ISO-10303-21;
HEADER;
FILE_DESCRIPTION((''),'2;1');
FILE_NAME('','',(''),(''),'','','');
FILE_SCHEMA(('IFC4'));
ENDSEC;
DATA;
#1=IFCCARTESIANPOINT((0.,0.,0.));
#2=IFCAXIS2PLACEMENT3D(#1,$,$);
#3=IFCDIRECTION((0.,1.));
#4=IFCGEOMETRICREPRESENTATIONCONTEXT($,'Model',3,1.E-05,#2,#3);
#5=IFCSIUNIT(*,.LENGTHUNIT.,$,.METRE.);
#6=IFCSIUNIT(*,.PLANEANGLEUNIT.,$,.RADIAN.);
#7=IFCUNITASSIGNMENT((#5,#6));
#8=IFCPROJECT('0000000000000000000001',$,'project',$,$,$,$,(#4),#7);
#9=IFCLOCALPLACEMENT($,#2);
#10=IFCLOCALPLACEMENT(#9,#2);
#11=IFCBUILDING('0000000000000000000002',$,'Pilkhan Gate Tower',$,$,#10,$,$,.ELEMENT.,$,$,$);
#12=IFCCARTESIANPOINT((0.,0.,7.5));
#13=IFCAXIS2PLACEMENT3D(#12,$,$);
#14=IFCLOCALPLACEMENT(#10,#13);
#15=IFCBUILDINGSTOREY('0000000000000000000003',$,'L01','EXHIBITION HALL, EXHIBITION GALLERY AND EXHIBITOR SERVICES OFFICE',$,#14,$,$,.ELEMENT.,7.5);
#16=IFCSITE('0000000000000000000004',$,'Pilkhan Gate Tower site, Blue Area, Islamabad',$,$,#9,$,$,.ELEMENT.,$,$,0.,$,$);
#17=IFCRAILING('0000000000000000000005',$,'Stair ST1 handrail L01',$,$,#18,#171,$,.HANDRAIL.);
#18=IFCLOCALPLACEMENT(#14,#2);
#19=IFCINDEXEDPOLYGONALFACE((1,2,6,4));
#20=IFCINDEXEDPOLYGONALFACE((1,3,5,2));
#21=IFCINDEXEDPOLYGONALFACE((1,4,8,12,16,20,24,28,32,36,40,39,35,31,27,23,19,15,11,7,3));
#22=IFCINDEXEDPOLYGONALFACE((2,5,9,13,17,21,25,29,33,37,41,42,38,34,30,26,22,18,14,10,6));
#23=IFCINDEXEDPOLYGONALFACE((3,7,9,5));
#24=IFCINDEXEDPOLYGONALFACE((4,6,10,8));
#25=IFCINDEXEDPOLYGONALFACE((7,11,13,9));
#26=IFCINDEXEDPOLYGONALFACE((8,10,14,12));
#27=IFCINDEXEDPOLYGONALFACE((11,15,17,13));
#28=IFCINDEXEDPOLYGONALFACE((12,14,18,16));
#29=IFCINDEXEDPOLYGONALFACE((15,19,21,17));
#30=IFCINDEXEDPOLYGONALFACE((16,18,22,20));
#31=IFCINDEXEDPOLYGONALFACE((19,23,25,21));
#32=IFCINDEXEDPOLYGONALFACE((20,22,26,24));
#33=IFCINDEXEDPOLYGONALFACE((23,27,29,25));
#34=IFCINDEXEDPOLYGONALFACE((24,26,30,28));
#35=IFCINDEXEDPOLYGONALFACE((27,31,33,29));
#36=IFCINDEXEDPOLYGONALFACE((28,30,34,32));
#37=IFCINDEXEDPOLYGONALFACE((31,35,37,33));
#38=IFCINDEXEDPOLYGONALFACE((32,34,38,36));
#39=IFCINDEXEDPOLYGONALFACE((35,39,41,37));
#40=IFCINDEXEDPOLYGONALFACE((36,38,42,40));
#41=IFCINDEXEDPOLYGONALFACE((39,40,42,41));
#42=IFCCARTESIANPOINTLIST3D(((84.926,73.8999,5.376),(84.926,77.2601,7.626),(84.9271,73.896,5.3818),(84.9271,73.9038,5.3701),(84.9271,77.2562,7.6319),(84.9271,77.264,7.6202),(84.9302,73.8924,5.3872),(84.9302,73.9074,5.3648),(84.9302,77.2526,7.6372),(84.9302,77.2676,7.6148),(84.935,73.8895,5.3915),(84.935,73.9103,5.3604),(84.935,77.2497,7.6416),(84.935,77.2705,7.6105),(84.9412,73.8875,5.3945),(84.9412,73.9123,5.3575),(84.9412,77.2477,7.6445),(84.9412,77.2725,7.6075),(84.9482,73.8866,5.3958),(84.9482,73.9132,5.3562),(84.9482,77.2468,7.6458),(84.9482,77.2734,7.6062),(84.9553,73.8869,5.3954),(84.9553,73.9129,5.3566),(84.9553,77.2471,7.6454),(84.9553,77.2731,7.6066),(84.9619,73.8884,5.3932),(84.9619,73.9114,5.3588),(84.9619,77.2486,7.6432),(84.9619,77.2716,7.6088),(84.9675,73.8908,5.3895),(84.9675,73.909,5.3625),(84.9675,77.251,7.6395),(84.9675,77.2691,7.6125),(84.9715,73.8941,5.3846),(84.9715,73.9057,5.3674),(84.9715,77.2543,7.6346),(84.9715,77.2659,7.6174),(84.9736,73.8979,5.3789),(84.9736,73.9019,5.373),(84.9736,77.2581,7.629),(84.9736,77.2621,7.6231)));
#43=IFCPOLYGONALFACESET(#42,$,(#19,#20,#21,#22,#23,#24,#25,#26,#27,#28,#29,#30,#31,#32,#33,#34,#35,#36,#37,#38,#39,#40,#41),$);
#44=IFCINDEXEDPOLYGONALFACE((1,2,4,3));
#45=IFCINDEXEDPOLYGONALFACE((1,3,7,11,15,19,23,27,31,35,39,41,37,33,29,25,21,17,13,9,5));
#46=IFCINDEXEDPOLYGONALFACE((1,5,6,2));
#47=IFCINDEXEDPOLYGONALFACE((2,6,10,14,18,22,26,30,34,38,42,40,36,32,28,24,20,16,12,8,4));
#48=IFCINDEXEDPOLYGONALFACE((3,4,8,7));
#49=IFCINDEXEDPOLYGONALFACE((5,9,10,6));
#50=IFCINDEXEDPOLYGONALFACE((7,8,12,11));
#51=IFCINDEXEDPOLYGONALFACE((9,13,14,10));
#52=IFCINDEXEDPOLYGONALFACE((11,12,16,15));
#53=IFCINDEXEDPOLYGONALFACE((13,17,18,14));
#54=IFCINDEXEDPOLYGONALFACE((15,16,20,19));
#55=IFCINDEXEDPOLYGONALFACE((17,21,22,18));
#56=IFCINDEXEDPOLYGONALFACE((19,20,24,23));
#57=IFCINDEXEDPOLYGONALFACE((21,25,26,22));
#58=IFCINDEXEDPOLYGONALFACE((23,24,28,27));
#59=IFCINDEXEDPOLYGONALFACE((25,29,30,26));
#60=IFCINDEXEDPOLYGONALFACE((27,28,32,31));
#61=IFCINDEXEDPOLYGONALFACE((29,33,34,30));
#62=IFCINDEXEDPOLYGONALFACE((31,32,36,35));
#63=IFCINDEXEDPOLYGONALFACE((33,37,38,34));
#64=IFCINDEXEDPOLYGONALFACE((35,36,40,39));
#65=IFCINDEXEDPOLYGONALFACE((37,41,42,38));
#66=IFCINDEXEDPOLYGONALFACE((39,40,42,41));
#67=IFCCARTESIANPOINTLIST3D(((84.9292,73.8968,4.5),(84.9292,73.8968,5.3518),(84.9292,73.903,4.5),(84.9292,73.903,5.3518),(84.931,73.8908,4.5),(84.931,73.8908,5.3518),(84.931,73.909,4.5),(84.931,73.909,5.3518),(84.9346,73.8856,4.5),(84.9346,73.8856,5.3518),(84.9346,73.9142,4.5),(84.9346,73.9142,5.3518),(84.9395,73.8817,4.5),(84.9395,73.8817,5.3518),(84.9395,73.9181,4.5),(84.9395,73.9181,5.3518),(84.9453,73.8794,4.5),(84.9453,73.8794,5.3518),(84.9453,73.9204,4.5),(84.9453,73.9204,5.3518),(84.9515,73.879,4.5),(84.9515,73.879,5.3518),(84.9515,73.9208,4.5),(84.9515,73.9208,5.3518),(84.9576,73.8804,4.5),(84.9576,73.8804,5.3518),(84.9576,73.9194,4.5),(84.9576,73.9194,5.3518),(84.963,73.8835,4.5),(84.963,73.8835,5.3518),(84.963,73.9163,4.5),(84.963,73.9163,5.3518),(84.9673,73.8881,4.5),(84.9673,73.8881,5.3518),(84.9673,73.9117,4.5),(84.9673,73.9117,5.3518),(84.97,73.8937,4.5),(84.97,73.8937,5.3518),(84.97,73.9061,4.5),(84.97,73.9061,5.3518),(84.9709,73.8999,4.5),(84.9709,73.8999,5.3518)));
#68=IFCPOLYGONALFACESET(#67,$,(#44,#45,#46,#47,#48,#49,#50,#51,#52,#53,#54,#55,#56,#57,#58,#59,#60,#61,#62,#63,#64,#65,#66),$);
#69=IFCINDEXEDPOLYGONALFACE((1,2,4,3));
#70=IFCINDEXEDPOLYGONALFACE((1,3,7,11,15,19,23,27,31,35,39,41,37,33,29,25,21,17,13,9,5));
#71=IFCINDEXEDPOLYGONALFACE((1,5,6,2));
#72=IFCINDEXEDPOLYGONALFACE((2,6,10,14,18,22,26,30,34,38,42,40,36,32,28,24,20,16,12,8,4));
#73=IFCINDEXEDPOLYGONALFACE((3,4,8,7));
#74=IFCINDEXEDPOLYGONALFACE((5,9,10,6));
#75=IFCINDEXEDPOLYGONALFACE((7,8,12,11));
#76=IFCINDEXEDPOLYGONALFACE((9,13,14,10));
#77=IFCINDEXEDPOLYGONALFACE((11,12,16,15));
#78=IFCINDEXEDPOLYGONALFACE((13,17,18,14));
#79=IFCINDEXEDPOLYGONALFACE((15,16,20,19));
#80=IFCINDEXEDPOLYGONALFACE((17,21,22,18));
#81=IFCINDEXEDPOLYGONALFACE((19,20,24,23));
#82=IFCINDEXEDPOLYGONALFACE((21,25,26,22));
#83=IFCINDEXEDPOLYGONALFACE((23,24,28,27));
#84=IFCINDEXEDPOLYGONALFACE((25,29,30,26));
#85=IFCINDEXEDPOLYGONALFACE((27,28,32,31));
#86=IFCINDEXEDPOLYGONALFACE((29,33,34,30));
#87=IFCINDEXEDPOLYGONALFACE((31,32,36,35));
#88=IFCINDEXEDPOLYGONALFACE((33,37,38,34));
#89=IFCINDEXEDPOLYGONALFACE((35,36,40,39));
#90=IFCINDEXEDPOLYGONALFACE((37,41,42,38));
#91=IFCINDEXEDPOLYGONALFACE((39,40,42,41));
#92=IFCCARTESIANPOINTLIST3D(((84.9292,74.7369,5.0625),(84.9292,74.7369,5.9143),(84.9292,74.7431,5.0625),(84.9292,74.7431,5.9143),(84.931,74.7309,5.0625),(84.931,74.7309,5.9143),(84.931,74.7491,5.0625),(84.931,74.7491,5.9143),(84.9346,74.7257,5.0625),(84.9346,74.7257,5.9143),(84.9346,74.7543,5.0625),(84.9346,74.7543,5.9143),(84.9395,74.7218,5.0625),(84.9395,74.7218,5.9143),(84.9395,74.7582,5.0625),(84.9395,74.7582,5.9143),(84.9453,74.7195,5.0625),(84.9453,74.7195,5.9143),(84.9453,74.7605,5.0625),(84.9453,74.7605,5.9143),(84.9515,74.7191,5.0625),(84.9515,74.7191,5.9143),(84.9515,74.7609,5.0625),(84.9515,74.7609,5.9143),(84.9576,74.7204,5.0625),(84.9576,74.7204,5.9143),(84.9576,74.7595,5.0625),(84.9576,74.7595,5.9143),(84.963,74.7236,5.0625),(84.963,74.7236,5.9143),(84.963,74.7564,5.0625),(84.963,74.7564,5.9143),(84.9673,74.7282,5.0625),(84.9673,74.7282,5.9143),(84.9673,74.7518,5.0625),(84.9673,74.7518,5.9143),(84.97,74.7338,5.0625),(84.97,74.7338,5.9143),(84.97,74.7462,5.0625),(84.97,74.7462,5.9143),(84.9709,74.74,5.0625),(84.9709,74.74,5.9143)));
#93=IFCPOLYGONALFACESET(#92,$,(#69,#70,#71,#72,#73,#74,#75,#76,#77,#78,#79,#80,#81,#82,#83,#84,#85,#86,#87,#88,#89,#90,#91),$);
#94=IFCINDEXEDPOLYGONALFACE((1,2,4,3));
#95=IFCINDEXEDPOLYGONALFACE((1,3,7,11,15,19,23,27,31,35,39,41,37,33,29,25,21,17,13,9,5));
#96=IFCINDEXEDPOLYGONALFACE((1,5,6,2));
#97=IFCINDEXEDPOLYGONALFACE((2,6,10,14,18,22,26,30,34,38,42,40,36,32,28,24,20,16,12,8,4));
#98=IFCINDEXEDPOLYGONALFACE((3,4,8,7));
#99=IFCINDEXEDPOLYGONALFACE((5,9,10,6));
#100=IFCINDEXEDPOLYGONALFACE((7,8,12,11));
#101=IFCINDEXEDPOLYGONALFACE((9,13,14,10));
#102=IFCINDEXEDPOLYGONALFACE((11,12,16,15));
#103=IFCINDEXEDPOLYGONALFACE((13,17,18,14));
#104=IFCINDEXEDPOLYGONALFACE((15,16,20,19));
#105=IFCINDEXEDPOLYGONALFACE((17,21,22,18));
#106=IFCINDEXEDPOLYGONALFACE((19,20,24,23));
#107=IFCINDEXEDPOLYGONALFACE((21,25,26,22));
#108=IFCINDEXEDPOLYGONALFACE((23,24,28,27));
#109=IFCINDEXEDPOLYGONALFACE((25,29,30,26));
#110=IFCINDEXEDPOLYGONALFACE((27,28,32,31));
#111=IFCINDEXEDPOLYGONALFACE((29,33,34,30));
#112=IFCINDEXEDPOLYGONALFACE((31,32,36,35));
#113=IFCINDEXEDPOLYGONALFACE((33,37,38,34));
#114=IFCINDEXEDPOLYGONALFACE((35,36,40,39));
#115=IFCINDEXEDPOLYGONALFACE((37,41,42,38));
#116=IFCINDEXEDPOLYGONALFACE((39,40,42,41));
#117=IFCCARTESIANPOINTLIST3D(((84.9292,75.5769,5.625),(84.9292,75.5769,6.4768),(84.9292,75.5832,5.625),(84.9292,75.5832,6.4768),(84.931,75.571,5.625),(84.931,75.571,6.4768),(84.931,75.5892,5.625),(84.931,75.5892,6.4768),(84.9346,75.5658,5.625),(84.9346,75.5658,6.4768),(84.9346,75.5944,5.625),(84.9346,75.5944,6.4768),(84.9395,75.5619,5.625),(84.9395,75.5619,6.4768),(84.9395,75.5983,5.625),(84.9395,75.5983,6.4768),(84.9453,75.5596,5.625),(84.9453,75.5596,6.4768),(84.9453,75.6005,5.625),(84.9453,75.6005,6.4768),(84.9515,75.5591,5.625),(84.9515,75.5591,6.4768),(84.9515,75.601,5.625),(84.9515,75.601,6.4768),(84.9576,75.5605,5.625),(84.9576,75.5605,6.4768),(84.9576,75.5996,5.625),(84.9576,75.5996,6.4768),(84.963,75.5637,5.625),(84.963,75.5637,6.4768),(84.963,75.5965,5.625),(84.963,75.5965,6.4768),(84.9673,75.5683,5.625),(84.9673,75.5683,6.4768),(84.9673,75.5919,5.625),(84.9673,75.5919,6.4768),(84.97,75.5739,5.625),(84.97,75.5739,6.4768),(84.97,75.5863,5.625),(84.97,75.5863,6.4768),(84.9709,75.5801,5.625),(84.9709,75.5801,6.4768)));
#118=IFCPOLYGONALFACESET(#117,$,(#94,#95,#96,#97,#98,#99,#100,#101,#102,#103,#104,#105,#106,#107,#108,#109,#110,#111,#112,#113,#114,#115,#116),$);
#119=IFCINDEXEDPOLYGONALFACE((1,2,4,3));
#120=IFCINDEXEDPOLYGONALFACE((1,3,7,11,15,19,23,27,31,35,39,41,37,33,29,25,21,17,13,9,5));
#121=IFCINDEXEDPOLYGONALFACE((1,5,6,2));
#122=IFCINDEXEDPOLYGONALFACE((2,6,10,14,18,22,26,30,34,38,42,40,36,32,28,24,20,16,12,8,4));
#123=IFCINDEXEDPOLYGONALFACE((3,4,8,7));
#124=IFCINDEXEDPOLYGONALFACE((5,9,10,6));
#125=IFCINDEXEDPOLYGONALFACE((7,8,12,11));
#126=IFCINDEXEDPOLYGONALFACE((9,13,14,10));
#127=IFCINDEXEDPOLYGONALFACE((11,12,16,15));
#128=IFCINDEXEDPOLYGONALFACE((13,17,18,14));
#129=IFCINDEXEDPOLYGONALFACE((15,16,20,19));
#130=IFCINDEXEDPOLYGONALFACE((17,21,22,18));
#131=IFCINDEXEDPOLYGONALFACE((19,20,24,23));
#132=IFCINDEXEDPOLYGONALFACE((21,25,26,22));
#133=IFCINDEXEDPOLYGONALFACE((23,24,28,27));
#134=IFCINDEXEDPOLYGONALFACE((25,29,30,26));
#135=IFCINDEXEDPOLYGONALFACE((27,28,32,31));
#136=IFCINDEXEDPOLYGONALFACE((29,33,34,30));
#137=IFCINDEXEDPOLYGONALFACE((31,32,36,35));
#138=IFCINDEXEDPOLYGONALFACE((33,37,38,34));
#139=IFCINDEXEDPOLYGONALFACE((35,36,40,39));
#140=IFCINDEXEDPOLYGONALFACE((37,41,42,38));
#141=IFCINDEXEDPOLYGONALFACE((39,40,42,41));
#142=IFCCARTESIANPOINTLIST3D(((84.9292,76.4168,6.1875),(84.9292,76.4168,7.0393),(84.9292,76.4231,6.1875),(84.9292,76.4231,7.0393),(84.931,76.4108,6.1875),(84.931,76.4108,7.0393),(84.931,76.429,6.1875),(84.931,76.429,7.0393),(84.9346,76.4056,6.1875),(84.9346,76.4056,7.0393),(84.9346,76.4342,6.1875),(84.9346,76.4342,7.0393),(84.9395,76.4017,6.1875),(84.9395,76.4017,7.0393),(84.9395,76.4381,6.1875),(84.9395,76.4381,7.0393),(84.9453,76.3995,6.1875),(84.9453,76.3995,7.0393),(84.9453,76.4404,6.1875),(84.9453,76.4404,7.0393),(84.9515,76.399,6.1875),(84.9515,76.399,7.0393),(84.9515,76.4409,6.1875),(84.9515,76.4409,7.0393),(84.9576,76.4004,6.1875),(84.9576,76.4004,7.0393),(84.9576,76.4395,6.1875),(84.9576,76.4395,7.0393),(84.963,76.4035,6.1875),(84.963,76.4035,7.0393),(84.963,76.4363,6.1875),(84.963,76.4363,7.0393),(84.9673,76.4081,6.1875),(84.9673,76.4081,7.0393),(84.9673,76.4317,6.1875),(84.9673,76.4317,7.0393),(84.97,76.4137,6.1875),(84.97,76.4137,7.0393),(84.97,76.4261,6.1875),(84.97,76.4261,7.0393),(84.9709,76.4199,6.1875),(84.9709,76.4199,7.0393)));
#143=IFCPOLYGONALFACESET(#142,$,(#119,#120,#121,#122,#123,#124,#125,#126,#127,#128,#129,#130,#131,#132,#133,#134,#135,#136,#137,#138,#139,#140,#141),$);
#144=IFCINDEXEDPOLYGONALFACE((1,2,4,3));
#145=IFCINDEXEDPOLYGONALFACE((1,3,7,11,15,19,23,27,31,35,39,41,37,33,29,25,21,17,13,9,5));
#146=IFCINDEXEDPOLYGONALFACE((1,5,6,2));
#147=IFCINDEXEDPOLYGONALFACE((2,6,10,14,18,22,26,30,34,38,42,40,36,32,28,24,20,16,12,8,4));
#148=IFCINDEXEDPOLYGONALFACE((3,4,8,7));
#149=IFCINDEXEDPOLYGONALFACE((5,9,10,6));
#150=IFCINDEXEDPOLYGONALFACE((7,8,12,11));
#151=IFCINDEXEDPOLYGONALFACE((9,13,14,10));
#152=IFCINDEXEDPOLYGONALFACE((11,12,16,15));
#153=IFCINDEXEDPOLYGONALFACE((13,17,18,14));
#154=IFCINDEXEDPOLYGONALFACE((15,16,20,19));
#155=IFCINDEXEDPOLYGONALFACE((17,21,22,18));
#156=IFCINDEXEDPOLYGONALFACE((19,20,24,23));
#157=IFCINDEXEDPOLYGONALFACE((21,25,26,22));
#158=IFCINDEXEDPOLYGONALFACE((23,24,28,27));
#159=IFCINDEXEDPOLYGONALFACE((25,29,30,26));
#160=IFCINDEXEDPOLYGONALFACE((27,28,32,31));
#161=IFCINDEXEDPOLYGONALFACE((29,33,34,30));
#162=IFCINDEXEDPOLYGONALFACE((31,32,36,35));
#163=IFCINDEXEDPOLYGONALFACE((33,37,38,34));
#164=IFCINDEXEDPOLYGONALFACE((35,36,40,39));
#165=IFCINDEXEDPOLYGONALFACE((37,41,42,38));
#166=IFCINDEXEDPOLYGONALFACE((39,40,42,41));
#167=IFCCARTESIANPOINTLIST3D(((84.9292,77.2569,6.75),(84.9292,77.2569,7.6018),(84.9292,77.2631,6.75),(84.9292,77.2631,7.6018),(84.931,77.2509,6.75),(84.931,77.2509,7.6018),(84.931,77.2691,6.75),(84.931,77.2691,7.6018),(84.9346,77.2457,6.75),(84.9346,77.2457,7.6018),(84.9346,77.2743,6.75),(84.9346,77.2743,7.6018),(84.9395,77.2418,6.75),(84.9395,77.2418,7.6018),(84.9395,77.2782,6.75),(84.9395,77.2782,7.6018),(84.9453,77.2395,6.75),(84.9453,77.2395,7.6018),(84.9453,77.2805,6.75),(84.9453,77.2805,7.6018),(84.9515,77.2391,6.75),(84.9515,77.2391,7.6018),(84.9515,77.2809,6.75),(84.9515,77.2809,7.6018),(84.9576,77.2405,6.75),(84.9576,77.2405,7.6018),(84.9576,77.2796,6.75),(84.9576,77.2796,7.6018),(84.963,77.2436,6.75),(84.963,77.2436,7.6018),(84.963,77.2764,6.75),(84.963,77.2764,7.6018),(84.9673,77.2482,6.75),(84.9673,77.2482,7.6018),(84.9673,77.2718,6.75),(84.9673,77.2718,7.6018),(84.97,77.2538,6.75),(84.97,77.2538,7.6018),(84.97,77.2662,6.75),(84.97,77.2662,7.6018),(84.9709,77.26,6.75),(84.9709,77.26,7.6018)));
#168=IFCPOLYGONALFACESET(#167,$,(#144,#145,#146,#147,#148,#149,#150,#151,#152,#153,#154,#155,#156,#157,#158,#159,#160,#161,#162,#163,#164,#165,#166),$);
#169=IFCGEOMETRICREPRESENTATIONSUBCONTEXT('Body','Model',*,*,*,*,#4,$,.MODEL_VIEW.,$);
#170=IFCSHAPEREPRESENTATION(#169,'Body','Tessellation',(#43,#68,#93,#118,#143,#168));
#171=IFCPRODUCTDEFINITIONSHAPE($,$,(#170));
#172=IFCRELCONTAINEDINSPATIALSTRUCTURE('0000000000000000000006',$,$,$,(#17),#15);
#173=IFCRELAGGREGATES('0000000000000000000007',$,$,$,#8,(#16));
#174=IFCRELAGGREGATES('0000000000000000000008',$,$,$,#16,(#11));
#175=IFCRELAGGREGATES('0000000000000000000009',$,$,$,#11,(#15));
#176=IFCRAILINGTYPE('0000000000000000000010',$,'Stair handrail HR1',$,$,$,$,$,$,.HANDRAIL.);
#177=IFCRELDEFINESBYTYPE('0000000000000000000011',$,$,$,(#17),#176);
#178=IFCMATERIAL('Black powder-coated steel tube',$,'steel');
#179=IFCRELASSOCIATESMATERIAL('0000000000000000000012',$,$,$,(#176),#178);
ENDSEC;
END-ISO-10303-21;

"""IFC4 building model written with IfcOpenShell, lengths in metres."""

from ifc_helpers import new_model, si_unit, direction, frame, origin, origin_2d, place, context, subcontext, project, spatial, circle, extrude, material, type_object, element, save


model = new_model("IFC4")

# Units and contexts
model_context = context("Model", 3, precision=1e-05, world=origin(), true_north=direction((0.0, 1.0)))
body_context = subcontext(model_context, "Body", "Model", "MODEL_VIEW")
ifc_project = project(units=[si_unit("LENGTHUNIT", "METRE"), si_unit("PLANEANGLEUNIT", "RADIAN")], contexts=[model_context])

# Site, building, storey
site_placement = place(None, origin())
site = spatial("IfcSite", under=ifc_project, at=site_placement, Name="Pilkhan Gate Tower site, Blue Area, Islamabad", CompositionType="ELEMENT", RefElevation=0.0)
building_placement = place(site_placement, origin())
building = spatial("IfcBuilding", under=site, at=building_placement, Name="Pilkhan Gate Tower", CompositionType="ELEMENT")
storey_placement = place(building_placement, frame((0.0, 0.0, 7.5)))
storey = spatial("IfcBuildingStorey", under=building, at=storey_placement, Name="L01", Description="EXHIBITION HALL, EXHIBITION GALLERY AND EXHIBITOR SERVICES OFFICE", CompositionType="ELEMENT", Elevation=7.5)

# Railing
ifc_material_1 = material(Name="Black powder-coated steel tube", Category="steel")
railing_type = type_object("IfcRailingType", Name="Stair handrail HR1", PredefinedType="HANDRAIL", material=ifc_material_1)
for number, where, name in (
    (1, (84.95, 73.8999, 4.5), "Stair ST1 handrail L01"),
):
    element("IfcRailing", number, at=place(storey_placement, frame(where)), inside=storey, type_object=railing_type, Name=name, PredefinedType="HANDRAIL", context=body_context, shape_type="SweptSolid", body=[
        extrude(circle(Radius=0.0239, at=origin_2d()), frame((0.0, 0.0, 0.876), z_axis=(0.0, 0.830915, 0.556399), x_axis=(-1.0, 0.0, 0.0)), (0.0, 0.0, 1.0), 4.0439),
        extrude(circle(Radius=0.021, at=origin_2d()), origin(), (0.0, 0.0, 1.0), 0.8518),
        extrude(circle(Radius=0.021, at=origin_2d()), frame((0.0, 0.8401, 0.5625)), (0.0, 0.0, 1.0), 0.8518),
        extrude(circle(Radius=0.021, at=origin_2d()), frame((0.0, 1.6802, 1.125)), (0.0, 0.0, 1.0), 0.8518),
        extrude(circle(Radius=0.021, at=origin_2d()), frame((0.0, 2.52, 1.6875)), (0.0, 0.0, 1.0), 0.8518),
        extrude(circle(Radius=0.021, at=origin_2d()), frame((0.0, 3.3601, 2.25)), (0.0, 0.0, 1.0), 0.8518),
    ])

save(model, "model.ifc")
